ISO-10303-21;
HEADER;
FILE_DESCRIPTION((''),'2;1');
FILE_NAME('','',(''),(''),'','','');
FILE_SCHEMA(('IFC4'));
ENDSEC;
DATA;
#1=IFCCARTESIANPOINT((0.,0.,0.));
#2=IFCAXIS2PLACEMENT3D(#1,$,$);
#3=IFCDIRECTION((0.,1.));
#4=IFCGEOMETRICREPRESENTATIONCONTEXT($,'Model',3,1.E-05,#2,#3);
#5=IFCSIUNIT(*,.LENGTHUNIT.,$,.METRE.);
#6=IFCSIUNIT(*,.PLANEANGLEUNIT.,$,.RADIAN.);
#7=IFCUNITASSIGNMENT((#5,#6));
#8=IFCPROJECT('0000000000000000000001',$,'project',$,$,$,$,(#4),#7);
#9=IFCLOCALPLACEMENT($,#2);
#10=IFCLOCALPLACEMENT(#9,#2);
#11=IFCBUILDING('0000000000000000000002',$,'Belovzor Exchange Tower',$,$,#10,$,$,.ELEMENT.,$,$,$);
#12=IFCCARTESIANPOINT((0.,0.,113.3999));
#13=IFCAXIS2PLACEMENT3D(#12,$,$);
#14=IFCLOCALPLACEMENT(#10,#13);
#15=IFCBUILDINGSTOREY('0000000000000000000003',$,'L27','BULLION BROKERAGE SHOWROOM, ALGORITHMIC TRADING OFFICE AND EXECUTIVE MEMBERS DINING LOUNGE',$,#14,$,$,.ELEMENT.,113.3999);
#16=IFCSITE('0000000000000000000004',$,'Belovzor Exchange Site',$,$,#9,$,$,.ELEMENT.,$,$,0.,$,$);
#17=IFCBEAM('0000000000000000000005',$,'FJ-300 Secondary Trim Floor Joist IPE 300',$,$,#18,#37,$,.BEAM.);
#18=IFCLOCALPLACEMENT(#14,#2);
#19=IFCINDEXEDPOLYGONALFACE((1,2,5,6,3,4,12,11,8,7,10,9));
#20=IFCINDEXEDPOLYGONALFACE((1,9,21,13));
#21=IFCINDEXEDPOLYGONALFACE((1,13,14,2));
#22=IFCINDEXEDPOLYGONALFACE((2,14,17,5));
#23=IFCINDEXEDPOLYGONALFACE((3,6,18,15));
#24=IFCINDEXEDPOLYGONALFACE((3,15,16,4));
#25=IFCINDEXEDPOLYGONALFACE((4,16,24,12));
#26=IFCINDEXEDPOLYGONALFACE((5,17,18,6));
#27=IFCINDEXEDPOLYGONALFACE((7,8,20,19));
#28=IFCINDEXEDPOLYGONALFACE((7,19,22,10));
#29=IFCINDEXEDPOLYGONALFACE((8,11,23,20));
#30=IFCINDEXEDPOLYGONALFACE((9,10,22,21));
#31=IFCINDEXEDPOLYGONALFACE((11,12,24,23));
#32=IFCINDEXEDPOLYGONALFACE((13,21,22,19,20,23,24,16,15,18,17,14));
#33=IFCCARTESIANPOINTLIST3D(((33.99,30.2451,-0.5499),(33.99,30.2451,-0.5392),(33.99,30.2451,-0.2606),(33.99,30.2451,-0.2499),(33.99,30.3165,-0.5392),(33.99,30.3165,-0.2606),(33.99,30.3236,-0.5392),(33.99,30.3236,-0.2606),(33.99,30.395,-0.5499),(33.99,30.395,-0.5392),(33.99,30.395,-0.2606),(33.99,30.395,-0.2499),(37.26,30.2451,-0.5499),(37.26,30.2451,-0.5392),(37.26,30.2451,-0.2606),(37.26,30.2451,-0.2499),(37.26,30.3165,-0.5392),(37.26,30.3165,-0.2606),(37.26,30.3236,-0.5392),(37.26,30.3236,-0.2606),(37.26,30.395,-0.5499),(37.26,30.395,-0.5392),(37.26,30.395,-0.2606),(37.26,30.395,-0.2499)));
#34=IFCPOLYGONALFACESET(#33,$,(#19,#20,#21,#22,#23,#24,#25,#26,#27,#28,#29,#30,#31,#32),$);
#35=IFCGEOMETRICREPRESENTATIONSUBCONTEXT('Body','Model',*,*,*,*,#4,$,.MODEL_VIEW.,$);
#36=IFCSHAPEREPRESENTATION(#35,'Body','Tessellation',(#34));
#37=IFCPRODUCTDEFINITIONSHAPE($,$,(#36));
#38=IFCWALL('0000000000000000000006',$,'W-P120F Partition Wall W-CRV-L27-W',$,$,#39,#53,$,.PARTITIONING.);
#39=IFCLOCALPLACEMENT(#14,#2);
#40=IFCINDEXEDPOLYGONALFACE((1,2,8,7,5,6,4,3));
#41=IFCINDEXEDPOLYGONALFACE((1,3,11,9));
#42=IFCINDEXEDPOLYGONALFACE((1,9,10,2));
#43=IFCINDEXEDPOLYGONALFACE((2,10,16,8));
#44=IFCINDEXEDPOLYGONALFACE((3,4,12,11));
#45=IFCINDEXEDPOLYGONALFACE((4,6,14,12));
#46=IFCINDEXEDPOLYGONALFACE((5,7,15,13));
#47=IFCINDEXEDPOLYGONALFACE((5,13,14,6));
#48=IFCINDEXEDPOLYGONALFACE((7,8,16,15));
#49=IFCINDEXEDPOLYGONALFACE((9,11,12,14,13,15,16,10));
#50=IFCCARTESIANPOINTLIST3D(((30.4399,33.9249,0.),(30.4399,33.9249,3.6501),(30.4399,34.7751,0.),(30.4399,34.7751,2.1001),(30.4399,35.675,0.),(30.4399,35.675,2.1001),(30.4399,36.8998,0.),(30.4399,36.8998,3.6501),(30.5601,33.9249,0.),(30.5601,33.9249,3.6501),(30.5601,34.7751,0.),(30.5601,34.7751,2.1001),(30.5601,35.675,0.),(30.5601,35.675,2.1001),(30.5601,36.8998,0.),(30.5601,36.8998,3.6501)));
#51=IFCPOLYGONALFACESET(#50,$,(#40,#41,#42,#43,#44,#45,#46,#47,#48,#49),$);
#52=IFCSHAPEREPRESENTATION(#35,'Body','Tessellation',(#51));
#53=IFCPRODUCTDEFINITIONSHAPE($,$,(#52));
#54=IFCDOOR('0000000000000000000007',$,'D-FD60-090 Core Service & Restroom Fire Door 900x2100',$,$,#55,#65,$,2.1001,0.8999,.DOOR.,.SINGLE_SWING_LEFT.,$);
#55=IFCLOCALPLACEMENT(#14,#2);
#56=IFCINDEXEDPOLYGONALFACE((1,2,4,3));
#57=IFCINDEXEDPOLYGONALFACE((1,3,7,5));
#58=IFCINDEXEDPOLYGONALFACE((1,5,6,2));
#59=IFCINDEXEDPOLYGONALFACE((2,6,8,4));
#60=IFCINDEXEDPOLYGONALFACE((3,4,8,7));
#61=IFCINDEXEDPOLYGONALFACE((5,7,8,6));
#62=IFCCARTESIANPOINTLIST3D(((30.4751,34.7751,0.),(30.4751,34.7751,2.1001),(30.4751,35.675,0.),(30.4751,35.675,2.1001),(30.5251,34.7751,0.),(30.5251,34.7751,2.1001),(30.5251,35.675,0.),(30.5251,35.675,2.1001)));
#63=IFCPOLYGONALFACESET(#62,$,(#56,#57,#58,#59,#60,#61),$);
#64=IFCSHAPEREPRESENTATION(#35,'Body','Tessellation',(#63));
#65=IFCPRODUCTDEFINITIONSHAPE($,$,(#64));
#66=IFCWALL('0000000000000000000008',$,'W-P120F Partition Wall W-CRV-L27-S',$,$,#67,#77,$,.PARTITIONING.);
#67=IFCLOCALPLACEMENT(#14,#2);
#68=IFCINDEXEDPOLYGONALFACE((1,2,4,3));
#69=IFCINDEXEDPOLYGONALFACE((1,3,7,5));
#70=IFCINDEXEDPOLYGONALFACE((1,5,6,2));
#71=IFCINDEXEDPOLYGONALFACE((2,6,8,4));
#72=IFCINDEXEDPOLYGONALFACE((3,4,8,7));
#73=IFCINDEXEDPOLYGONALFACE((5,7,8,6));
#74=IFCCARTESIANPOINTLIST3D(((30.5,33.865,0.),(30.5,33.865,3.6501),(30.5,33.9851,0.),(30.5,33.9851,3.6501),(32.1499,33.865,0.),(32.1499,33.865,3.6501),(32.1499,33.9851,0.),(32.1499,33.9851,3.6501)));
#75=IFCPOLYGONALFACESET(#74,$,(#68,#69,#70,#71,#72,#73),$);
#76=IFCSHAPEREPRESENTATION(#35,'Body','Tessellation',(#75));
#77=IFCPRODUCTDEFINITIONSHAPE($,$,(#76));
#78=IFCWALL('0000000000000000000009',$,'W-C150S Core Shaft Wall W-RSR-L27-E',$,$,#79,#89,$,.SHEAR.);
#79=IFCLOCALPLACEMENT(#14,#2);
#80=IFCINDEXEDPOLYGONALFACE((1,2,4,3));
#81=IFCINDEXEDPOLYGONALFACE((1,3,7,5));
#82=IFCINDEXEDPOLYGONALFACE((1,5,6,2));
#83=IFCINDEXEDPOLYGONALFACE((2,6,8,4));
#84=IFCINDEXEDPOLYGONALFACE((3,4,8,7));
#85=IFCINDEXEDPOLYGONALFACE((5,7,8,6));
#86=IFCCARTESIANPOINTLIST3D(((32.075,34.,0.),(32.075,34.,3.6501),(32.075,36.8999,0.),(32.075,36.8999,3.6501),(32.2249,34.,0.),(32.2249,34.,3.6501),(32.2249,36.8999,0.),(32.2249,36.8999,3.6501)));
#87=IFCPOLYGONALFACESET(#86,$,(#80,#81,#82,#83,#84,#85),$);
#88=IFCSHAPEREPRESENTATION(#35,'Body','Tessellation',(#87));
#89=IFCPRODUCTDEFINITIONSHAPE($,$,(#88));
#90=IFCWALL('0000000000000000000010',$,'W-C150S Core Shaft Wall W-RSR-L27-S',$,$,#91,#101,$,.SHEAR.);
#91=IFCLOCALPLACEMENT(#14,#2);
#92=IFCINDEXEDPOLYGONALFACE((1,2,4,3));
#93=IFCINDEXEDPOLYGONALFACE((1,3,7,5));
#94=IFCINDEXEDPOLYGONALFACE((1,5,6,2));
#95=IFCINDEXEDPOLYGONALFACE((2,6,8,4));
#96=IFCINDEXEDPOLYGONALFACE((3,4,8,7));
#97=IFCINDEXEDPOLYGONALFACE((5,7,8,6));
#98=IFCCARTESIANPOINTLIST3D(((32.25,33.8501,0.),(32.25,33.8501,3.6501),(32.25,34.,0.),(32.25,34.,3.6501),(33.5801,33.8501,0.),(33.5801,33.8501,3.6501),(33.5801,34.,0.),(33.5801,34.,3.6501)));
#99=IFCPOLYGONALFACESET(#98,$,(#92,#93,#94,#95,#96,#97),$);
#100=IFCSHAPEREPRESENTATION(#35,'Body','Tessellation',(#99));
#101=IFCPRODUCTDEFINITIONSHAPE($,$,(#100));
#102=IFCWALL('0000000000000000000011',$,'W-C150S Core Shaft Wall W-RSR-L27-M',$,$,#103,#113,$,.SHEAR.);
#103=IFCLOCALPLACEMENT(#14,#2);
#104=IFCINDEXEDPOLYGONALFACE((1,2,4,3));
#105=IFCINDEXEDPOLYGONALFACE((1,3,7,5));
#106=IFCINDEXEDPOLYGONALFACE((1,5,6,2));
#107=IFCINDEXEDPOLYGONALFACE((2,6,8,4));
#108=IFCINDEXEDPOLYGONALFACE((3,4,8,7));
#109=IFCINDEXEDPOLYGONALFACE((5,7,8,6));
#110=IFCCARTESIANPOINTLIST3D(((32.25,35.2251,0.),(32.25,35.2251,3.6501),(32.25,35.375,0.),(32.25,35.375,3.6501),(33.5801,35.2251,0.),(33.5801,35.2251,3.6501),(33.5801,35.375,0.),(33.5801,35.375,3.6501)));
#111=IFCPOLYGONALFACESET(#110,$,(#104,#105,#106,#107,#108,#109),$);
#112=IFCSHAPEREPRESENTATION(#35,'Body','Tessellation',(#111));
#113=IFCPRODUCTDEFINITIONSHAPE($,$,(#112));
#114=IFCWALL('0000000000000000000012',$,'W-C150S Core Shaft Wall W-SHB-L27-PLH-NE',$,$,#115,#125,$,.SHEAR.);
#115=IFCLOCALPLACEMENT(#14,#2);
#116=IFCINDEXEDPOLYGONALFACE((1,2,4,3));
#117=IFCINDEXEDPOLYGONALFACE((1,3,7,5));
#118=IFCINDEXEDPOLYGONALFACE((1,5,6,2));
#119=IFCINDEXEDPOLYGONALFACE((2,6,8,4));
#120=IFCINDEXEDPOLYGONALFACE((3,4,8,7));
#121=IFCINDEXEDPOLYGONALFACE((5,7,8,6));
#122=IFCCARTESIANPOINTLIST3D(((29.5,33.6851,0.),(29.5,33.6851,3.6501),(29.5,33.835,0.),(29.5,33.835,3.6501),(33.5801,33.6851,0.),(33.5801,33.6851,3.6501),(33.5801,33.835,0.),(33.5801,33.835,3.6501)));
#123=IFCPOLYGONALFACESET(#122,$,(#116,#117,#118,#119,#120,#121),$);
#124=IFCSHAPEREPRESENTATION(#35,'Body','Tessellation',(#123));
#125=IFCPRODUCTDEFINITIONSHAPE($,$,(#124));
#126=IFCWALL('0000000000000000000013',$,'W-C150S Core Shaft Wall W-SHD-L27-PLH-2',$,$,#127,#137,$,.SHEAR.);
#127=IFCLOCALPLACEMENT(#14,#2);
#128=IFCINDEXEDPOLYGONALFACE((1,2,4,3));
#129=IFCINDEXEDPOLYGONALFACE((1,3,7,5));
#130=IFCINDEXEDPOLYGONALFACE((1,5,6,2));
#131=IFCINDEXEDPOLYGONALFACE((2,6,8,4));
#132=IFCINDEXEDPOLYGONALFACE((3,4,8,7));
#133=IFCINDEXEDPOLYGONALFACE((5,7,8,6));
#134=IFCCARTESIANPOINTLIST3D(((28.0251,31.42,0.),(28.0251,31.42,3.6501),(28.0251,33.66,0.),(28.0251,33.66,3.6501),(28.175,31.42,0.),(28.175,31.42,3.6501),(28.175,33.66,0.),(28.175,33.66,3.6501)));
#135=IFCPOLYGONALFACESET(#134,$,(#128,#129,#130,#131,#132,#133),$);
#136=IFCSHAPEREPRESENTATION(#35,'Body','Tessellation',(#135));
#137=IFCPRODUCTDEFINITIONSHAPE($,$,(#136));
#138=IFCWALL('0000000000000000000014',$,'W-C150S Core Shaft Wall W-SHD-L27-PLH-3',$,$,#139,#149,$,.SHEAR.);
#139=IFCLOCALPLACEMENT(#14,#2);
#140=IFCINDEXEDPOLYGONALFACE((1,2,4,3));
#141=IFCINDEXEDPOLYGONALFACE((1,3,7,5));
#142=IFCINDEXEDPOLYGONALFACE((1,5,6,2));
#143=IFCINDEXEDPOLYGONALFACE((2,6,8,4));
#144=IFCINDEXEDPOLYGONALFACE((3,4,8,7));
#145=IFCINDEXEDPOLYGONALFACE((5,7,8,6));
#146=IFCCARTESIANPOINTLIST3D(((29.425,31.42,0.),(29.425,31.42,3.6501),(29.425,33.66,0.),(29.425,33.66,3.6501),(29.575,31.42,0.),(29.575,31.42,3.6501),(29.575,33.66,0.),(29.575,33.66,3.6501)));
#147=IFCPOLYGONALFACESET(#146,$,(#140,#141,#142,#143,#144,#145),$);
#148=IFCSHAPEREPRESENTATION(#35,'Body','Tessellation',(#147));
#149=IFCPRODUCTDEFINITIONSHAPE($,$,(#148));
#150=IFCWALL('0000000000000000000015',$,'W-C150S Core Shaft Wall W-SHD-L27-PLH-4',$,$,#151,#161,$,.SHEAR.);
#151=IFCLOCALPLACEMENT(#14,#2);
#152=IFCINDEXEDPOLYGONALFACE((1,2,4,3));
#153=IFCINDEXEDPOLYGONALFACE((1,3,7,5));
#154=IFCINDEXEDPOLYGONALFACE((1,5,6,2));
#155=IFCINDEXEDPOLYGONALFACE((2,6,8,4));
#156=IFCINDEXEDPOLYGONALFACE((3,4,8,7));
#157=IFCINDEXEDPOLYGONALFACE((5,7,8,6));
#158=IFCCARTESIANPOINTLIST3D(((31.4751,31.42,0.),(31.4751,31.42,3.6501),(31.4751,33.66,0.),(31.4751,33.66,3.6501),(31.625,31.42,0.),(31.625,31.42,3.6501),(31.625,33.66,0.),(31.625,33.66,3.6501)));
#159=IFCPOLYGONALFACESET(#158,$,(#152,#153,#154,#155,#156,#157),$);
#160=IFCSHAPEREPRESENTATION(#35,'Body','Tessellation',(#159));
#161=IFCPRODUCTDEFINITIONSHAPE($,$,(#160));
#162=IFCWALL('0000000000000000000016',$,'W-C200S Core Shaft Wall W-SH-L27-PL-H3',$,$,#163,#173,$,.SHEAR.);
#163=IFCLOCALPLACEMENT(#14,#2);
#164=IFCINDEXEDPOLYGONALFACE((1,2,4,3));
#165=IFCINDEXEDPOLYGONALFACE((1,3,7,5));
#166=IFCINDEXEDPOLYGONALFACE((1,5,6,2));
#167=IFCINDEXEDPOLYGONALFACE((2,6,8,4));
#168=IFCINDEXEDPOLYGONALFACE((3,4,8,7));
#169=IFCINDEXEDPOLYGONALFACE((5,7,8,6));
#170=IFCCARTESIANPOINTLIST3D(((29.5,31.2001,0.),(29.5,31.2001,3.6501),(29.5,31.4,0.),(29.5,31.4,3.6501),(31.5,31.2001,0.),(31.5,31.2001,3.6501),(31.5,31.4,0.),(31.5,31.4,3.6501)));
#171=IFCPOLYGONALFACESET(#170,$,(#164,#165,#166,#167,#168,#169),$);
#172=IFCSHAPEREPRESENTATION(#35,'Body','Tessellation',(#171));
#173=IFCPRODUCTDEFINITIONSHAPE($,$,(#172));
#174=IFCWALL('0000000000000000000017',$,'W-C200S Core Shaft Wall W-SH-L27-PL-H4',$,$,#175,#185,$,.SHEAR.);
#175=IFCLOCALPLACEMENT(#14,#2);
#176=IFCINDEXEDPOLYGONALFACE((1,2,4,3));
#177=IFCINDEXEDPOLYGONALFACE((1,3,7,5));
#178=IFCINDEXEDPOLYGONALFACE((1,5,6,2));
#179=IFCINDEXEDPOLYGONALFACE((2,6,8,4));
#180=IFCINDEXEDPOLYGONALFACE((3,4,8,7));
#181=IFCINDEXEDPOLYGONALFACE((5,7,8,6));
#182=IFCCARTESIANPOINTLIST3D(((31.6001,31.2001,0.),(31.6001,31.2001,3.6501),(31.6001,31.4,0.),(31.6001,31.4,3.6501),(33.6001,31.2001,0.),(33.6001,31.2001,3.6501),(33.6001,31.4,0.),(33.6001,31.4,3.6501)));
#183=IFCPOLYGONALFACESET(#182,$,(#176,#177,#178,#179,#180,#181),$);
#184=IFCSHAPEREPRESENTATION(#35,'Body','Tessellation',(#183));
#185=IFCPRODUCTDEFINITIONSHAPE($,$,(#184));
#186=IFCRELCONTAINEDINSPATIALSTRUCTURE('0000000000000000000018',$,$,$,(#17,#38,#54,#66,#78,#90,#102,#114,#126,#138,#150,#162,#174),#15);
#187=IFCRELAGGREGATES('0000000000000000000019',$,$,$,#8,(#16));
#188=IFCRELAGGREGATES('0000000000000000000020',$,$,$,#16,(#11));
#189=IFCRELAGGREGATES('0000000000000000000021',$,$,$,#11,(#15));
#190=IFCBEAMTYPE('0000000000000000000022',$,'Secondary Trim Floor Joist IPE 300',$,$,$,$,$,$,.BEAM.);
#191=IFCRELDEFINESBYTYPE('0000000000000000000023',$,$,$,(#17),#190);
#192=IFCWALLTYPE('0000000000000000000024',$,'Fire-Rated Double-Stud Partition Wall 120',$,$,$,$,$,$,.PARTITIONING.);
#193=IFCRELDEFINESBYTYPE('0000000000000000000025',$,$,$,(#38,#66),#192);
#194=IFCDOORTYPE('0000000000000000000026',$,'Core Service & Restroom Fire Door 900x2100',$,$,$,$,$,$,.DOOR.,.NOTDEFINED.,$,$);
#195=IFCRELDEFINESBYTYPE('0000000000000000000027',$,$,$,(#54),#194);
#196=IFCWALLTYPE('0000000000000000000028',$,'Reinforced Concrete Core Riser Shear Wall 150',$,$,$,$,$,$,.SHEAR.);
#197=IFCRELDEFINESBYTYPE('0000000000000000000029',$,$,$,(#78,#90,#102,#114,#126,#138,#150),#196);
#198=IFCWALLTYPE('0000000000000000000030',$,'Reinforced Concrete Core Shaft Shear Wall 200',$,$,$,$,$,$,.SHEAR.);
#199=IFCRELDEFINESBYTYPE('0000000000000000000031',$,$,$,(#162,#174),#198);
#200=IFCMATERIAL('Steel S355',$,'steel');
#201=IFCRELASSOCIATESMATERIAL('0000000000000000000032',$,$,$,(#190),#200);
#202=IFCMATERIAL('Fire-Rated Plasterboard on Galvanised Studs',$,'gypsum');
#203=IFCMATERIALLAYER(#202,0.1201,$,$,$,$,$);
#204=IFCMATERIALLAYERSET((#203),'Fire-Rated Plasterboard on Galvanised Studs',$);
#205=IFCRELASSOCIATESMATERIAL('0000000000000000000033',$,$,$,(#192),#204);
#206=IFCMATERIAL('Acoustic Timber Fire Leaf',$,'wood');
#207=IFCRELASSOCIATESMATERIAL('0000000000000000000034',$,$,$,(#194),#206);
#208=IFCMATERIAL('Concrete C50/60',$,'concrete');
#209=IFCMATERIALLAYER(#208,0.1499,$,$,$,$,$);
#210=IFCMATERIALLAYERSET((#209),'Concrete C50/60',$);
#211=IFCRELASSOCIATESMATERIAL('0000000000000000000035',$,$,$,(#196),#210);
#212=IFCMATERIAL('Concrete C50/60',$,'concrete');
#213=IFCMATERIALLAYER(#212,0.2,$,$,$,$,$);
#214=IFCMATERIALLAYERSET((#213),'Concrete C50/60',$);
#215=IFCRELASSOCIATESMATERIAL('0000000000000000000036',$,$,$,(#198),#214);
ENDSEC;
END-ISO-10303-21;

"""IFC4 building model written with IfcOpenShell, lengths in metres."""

from ifc_helpers import new_model, si_unit, direction, frame, frame_2d, origin, origin_2d, place, context, subcontext, project, spatial, rectangle, i_section, extrude, material, layer, layer_set, material_profile, profile_set, type_object, element, fill, save


model = new_model("IFC4")

# Units and contexts
model_context = context("Model", 3, precision=1e-05, world=origin(), true_north=direction((0.0, 1.0)))
body_context = subcontext(model_context, "Body", "Model", "MODEL_VIEW")
ifc_project = project(units=[si_unit("LENGTHUNIT", "METRE"), si_unit("PLANEANGLEUNIT", "RADIAN")], contexts=[model_context])

# Site, building, storey
site_placement = place(None, origin())
site = spatial("IfcSite", under=ifc_project, at=site_placement, Name="Belovzor Exchange Site", CompositionType="ELEMENT", RefElevation=0.0)
building_placement = place(site_placement, origin())
building = spatial("IfcBuilding", under=site, at=building_placement, Name="Belovzor Exchange Tower", CompositionType="ELEMENT")
storey_placement = place(building_placement, frame((0.0, 0.0, 113.3999)))
storey = spatial("IfcBuildingStorey", under=building, at=storey_placement, Name="L27", Description="BULLION BROKERAGE SHOWROOM, ALGORITHMIC TRADING OFFICE AND EXECUTIVE MEMBERS DINING LOUNGE", CompositionType="ELEMENT", Elevation=113.3999)

# Beam
ifc_material_1 = material(Name="Steel S355", Category="steel")
ifc_material_profile = material_profile(ifc_material_1, i_section(OverallWidth=0.1499, OverallDepth=0.3, WebThickness=0.0071, FlangeThickness=0.0107, at=origin_2d()))
ifc_profile_set = profile_set([ifc_material_profile], Name="Steel S355")
beam_type = type_object("IfcBeamType", Name="Secondary Trim Floor Joist IPE 300", PredefinedType="BEAM", material=ifc_profile_set)
beam_placement = place(storey_placement, frame((37.26, 30.3201, -0.3999), z_axis=(-1.0, 0.0, 0.0), x_axis=(0.0, -1.0, 0.0)))
element("IfcBeam", 1, at=beam_placement, inside=storey, type_object=beam_type, Name="FJ-300 Secondary Trim Floor Joist IPE 300", PredefinedType="BEAM", context=body_context, shape_type="SweptSolid", body=[
    extrude(i_section(OverallWidth=0.1499, OverallDepth=0.3, WebThickness=0.0071, FlangeThickness=0.0107, at=origin_2d()), origin(), (0.0, 0.0, 1.0), 3.27),
])

# Wall, opening, door
ifc_material_2 = material(Name="Fire-Rated Plasterboard on Galvanised Studs", Category="gypsum")
ifc_layer_1 = layer(ifc_material_2, 0.1201)
ifc_layer_set_1 = layer_set([ifc_layer_1], Name="Fire-Rated Plasterboard on Galvanised Studs")
wall_type_1 = type_object("IfcWallType", Name="Fire-Rated Double-Stud Partition Wall 120", PredefinedType="PARTITIONING", material=ifc_layer_set_1)
wall_1_placement = place(storey_placement, frame((30.5, 33.925, 0.0), z_axis=(0.0, 0.0, 1.0), x_axis=(0.0, 1.0, 0.0)))
wall_1 = element("IfcWall", 2, at=wall_1_placement, inside=storey, type_object=wall_type_1, Name="W-P120F Partition Wall W-CRV-L27-W", PredefinedType="PARTITIONING", context=body_context, shape_type="SweptSolid", body=[
    extrude(rectangle(XDim=2.9749, YDim=0.1201, at=frame_2d((1.4873, 0.0))), origin(), (0.0, 0.0, 1.0), 3.6501),
])
opening_placement = place(wall_1_placement, frame((0.8501, 0.0, 0.0)))
opening = element("IfcOpeningElement", 3, at=opening_placement, cuts=wall_1, PredefinedType="OPENING", context=body_context, shape_type="SweptSolid", body=[
    extrude(rectangle(XDim=0.8999, YDim=2.1001, at=frame_2d((0.45, 1.05))), frame((0.0, 0.0701, 0.0), z_axis=(0.0, -1.0, 0.0), x_axis=(1.0, 0.0, 0.0)), (0.0, 0.0, 1.0), 0.1401),
])
ifc_material_3 = material(Name="Acoustic Timber Fire Leaf", Category="wood")
door_type = type_object("IfcDoorType", Name="Core Service & Restroom Fire Door 900x2100", OperationType="NOTDEFINED", PredefinedType="DOOR", material=ifc_material_3)
door_placement = place(opening_placement, origin())
door = element("IfcDoor", 4, at=door_placement, inside=storey, type_object=door_type, Name="D-FD60-090 Core Service & Restroom Fire Door 900x2100", OperationType="SINGLE_SWING_LEFT", OverallHeight=2.1001, OverallWidth=0.8999, PredefinedType="DOOR", context=body_context, shape_type="SweptSolid", body=[
    extrude(rectangle(XDim=0.8999, YDim=2.1001, at=frame_2d((0.45, 1.05))), frame((0.0, 0.0249, 0.0), z_axis=(0.0, -1.0, 0.0), x_axis=(1.0, 0.0, 0.0)), (0.0, 0.0, 1.0), 0.05),
])
fill(opening, door)

# Walls
wall_2_placement = place(storey_placement, frame((30.5, 33.925, 0.0), z_axis=(0.0, 0.0, 1.0), x_axis=(1.0, 0.0, 0.0)))
element("IfcWall", 5, at=wall_2_placement, inside=storey, type_object=wall_type_1, Name="W-P120F Partition Wall W-CRV-L27-S", PredefinedType="PARTITIONING", context=body_context, shape_type="SweptSolid", body=[
    extrude(rectangle(XDim=1.6499, YDim=0.1201, at=frame_2d((0.825, 0.0))), origin(), (0.0, 0.0, 1.0), 3.6501),
])
ifc_material_4 = material(Name="Concrete C50/60", Category="concrete")
ifc_layer_2 = layer(ifc_material_4, 0.1499)
ifc_layer_set_2 = layer_set([ifc_layer_2], Name="Concrete C50/60")
wall_type_2 = type_object("IfcWallType", Name="Reinforced Concrete Core Riser Shear Wall 150", PredefinedType="SHEAR", material=ifc_layer_set_2)
wall_3_placement = place(storey_placement, frame((32.1499, 34.0, 0.0), z_axis=(0.0, 0.0, 1.0), x_axis=(0.0, 1.0, 0.0)))
element("IfcWall", 6, at=wall_3_placement, inside=storey, type_object=wall_type_2, Name="W-C150S Core Shaft Wall W-RSR-L27-E", PredefinedType="SHEAR", context=body_context, shape_type="SweptSolid", body=[
    extrude(rectangle(XDim=2.8999, YDim=0.1499, at=frame_2d((1.45, 0.0))), origin(), (0.0, 0.0, 1.0), 3.6501),
])
for number, where, z_axis, x_axis, name in (
    (7, (32.25, 33.925, 0.0), (0.0, 0.0, 1.0), (1.0, 0.0, 0.0), "W-C150S Core Shaft Wall W-RSR-L27-S"),
    (8, (32.25, 35.3, 0.0), (0.0, 0.0, 1.0), (1.0, 0.0, 0.0), "W-C150S Core Shaft Wall W-RSR-L27-M"),
):
    element("IfcWall", number, at=place(storey_placement, frame(where, z_axis=z_axis, x_axis=x_axis)), inside=storey, type_object=wall_type_2, Name=name, PredefinedType="SHEAR", context=body_context, shape_type="SweptSolid", body=[
        extrude(rectangle(XDim=1.3301, YDim=0.1499, at=frame_2d((0.665, 0.0))), origin(), (0.0, 0.0, 1.0), 3.6501),
    ])
wall_4_placement = place(storey_placement, frame((29.5, 33.76, 0.0), z_axis=(0.0, 0.0, 1.0), x_axis=(1.0, 0.0, 0.0)))
element("IfcWall", 9, at=wall_4_placement, inside=storey, type_object=wall_type_2, Name="W-C150S Core Shaft Wall W-SHB-L27-PLH-NE", PredefinedType="SHEAR", context=body_context, shape_type="SweptSolid", body=[
    extrude(rectangle(XDim=4.0801, YDim=0.1499, at=frame_2d((2.04, 0.0))), origin(), (0.0, 0.0, 1.0), 3.6501),
])
for number, where, z_axis, x_axis, name in (
    (10, (28.1001, 31.4199, 0.0), (0.0, 0.0, 1.0), (0.0, 1.0, 0.0), "W-C150S Core Shaft Wall W-SHD-L27-PLH-2"),
    (11, (29.5, 31.4199, 0.0), (0.0, 0.0, 1.0), (0.0, 1.0, 0.0), "W-C150S Core Shaft Wall W-SHD-L27-PLH-3"),
    (12, (31.55, 31.4199, 0.0), (0.0, 0.0, 1.0), (0.0, 1.0, 0.0), "W-C150S Core Shaft Wall W-SHD-L27-PLH-4"),
):
    element("IfcWall", number, at=place(storey_placement, frame(where, z_axis=z_axis, x_axis=x_axis)), inside=storey, type_object=wall_type_2, Name=name, PredefinedType="SHEAR", context=body_context, shape_type="SweptSolid", body=[
        extrude(rectangle(XDim=2.24, YDim=0.1499, at=frame_2d((1.1201, 0.0))), origin(), (0.0, 0.0, 1.0), 3.6501),
    ])
ifc_material_5 = material(Name="Concrete C50/60", Category="concrete")
ifc_layer_3 = layer(ifc_material_5, 0.2)
ifc_layer_set_3 = layer_set([ifc_layer_3], Name="Concrete C50/60")
wall_type_3 = type_object("IfcWallType", Name="Reinforced Concrete Core Shaft Shear Wall 200", PredefinedType="SHEAR", material=ifc_layer_set_3)
for number, where, z_axis, x_axis, name in (
    (13, (29.5, 31.3, 0.0), (0.0, 0.0, 1.0), (1.0, 0.0, 0.0), "W-C200S Core Shaft Wall W-SH-L27-PL-H3"),
    (14, (31.6001, 31.3, 0.0), (0.0, 0.0, 1.0), (1.0, 0.0, 0.0), "W-C200S Core Shaft Wall W-SH-L27-PL-H4"),
):
    element("IfcWall", number, at=place(storey_placement, frame(where, z_axis=z_axis, x_axis=x_axis)), inside=storey, type_object=wall_type_3, Name=name, PredefinedType="SHEAR", context=body_context, shape_type="SweptSolid", body=[
        extrude(rectangle(XDim=2.0, YDim=0.2, at=frame_2d((1.0, 0.0))), origin(), (0.0, 0.0, 1.0), 3.6501),
    ])

save(model, "model.ifc")
